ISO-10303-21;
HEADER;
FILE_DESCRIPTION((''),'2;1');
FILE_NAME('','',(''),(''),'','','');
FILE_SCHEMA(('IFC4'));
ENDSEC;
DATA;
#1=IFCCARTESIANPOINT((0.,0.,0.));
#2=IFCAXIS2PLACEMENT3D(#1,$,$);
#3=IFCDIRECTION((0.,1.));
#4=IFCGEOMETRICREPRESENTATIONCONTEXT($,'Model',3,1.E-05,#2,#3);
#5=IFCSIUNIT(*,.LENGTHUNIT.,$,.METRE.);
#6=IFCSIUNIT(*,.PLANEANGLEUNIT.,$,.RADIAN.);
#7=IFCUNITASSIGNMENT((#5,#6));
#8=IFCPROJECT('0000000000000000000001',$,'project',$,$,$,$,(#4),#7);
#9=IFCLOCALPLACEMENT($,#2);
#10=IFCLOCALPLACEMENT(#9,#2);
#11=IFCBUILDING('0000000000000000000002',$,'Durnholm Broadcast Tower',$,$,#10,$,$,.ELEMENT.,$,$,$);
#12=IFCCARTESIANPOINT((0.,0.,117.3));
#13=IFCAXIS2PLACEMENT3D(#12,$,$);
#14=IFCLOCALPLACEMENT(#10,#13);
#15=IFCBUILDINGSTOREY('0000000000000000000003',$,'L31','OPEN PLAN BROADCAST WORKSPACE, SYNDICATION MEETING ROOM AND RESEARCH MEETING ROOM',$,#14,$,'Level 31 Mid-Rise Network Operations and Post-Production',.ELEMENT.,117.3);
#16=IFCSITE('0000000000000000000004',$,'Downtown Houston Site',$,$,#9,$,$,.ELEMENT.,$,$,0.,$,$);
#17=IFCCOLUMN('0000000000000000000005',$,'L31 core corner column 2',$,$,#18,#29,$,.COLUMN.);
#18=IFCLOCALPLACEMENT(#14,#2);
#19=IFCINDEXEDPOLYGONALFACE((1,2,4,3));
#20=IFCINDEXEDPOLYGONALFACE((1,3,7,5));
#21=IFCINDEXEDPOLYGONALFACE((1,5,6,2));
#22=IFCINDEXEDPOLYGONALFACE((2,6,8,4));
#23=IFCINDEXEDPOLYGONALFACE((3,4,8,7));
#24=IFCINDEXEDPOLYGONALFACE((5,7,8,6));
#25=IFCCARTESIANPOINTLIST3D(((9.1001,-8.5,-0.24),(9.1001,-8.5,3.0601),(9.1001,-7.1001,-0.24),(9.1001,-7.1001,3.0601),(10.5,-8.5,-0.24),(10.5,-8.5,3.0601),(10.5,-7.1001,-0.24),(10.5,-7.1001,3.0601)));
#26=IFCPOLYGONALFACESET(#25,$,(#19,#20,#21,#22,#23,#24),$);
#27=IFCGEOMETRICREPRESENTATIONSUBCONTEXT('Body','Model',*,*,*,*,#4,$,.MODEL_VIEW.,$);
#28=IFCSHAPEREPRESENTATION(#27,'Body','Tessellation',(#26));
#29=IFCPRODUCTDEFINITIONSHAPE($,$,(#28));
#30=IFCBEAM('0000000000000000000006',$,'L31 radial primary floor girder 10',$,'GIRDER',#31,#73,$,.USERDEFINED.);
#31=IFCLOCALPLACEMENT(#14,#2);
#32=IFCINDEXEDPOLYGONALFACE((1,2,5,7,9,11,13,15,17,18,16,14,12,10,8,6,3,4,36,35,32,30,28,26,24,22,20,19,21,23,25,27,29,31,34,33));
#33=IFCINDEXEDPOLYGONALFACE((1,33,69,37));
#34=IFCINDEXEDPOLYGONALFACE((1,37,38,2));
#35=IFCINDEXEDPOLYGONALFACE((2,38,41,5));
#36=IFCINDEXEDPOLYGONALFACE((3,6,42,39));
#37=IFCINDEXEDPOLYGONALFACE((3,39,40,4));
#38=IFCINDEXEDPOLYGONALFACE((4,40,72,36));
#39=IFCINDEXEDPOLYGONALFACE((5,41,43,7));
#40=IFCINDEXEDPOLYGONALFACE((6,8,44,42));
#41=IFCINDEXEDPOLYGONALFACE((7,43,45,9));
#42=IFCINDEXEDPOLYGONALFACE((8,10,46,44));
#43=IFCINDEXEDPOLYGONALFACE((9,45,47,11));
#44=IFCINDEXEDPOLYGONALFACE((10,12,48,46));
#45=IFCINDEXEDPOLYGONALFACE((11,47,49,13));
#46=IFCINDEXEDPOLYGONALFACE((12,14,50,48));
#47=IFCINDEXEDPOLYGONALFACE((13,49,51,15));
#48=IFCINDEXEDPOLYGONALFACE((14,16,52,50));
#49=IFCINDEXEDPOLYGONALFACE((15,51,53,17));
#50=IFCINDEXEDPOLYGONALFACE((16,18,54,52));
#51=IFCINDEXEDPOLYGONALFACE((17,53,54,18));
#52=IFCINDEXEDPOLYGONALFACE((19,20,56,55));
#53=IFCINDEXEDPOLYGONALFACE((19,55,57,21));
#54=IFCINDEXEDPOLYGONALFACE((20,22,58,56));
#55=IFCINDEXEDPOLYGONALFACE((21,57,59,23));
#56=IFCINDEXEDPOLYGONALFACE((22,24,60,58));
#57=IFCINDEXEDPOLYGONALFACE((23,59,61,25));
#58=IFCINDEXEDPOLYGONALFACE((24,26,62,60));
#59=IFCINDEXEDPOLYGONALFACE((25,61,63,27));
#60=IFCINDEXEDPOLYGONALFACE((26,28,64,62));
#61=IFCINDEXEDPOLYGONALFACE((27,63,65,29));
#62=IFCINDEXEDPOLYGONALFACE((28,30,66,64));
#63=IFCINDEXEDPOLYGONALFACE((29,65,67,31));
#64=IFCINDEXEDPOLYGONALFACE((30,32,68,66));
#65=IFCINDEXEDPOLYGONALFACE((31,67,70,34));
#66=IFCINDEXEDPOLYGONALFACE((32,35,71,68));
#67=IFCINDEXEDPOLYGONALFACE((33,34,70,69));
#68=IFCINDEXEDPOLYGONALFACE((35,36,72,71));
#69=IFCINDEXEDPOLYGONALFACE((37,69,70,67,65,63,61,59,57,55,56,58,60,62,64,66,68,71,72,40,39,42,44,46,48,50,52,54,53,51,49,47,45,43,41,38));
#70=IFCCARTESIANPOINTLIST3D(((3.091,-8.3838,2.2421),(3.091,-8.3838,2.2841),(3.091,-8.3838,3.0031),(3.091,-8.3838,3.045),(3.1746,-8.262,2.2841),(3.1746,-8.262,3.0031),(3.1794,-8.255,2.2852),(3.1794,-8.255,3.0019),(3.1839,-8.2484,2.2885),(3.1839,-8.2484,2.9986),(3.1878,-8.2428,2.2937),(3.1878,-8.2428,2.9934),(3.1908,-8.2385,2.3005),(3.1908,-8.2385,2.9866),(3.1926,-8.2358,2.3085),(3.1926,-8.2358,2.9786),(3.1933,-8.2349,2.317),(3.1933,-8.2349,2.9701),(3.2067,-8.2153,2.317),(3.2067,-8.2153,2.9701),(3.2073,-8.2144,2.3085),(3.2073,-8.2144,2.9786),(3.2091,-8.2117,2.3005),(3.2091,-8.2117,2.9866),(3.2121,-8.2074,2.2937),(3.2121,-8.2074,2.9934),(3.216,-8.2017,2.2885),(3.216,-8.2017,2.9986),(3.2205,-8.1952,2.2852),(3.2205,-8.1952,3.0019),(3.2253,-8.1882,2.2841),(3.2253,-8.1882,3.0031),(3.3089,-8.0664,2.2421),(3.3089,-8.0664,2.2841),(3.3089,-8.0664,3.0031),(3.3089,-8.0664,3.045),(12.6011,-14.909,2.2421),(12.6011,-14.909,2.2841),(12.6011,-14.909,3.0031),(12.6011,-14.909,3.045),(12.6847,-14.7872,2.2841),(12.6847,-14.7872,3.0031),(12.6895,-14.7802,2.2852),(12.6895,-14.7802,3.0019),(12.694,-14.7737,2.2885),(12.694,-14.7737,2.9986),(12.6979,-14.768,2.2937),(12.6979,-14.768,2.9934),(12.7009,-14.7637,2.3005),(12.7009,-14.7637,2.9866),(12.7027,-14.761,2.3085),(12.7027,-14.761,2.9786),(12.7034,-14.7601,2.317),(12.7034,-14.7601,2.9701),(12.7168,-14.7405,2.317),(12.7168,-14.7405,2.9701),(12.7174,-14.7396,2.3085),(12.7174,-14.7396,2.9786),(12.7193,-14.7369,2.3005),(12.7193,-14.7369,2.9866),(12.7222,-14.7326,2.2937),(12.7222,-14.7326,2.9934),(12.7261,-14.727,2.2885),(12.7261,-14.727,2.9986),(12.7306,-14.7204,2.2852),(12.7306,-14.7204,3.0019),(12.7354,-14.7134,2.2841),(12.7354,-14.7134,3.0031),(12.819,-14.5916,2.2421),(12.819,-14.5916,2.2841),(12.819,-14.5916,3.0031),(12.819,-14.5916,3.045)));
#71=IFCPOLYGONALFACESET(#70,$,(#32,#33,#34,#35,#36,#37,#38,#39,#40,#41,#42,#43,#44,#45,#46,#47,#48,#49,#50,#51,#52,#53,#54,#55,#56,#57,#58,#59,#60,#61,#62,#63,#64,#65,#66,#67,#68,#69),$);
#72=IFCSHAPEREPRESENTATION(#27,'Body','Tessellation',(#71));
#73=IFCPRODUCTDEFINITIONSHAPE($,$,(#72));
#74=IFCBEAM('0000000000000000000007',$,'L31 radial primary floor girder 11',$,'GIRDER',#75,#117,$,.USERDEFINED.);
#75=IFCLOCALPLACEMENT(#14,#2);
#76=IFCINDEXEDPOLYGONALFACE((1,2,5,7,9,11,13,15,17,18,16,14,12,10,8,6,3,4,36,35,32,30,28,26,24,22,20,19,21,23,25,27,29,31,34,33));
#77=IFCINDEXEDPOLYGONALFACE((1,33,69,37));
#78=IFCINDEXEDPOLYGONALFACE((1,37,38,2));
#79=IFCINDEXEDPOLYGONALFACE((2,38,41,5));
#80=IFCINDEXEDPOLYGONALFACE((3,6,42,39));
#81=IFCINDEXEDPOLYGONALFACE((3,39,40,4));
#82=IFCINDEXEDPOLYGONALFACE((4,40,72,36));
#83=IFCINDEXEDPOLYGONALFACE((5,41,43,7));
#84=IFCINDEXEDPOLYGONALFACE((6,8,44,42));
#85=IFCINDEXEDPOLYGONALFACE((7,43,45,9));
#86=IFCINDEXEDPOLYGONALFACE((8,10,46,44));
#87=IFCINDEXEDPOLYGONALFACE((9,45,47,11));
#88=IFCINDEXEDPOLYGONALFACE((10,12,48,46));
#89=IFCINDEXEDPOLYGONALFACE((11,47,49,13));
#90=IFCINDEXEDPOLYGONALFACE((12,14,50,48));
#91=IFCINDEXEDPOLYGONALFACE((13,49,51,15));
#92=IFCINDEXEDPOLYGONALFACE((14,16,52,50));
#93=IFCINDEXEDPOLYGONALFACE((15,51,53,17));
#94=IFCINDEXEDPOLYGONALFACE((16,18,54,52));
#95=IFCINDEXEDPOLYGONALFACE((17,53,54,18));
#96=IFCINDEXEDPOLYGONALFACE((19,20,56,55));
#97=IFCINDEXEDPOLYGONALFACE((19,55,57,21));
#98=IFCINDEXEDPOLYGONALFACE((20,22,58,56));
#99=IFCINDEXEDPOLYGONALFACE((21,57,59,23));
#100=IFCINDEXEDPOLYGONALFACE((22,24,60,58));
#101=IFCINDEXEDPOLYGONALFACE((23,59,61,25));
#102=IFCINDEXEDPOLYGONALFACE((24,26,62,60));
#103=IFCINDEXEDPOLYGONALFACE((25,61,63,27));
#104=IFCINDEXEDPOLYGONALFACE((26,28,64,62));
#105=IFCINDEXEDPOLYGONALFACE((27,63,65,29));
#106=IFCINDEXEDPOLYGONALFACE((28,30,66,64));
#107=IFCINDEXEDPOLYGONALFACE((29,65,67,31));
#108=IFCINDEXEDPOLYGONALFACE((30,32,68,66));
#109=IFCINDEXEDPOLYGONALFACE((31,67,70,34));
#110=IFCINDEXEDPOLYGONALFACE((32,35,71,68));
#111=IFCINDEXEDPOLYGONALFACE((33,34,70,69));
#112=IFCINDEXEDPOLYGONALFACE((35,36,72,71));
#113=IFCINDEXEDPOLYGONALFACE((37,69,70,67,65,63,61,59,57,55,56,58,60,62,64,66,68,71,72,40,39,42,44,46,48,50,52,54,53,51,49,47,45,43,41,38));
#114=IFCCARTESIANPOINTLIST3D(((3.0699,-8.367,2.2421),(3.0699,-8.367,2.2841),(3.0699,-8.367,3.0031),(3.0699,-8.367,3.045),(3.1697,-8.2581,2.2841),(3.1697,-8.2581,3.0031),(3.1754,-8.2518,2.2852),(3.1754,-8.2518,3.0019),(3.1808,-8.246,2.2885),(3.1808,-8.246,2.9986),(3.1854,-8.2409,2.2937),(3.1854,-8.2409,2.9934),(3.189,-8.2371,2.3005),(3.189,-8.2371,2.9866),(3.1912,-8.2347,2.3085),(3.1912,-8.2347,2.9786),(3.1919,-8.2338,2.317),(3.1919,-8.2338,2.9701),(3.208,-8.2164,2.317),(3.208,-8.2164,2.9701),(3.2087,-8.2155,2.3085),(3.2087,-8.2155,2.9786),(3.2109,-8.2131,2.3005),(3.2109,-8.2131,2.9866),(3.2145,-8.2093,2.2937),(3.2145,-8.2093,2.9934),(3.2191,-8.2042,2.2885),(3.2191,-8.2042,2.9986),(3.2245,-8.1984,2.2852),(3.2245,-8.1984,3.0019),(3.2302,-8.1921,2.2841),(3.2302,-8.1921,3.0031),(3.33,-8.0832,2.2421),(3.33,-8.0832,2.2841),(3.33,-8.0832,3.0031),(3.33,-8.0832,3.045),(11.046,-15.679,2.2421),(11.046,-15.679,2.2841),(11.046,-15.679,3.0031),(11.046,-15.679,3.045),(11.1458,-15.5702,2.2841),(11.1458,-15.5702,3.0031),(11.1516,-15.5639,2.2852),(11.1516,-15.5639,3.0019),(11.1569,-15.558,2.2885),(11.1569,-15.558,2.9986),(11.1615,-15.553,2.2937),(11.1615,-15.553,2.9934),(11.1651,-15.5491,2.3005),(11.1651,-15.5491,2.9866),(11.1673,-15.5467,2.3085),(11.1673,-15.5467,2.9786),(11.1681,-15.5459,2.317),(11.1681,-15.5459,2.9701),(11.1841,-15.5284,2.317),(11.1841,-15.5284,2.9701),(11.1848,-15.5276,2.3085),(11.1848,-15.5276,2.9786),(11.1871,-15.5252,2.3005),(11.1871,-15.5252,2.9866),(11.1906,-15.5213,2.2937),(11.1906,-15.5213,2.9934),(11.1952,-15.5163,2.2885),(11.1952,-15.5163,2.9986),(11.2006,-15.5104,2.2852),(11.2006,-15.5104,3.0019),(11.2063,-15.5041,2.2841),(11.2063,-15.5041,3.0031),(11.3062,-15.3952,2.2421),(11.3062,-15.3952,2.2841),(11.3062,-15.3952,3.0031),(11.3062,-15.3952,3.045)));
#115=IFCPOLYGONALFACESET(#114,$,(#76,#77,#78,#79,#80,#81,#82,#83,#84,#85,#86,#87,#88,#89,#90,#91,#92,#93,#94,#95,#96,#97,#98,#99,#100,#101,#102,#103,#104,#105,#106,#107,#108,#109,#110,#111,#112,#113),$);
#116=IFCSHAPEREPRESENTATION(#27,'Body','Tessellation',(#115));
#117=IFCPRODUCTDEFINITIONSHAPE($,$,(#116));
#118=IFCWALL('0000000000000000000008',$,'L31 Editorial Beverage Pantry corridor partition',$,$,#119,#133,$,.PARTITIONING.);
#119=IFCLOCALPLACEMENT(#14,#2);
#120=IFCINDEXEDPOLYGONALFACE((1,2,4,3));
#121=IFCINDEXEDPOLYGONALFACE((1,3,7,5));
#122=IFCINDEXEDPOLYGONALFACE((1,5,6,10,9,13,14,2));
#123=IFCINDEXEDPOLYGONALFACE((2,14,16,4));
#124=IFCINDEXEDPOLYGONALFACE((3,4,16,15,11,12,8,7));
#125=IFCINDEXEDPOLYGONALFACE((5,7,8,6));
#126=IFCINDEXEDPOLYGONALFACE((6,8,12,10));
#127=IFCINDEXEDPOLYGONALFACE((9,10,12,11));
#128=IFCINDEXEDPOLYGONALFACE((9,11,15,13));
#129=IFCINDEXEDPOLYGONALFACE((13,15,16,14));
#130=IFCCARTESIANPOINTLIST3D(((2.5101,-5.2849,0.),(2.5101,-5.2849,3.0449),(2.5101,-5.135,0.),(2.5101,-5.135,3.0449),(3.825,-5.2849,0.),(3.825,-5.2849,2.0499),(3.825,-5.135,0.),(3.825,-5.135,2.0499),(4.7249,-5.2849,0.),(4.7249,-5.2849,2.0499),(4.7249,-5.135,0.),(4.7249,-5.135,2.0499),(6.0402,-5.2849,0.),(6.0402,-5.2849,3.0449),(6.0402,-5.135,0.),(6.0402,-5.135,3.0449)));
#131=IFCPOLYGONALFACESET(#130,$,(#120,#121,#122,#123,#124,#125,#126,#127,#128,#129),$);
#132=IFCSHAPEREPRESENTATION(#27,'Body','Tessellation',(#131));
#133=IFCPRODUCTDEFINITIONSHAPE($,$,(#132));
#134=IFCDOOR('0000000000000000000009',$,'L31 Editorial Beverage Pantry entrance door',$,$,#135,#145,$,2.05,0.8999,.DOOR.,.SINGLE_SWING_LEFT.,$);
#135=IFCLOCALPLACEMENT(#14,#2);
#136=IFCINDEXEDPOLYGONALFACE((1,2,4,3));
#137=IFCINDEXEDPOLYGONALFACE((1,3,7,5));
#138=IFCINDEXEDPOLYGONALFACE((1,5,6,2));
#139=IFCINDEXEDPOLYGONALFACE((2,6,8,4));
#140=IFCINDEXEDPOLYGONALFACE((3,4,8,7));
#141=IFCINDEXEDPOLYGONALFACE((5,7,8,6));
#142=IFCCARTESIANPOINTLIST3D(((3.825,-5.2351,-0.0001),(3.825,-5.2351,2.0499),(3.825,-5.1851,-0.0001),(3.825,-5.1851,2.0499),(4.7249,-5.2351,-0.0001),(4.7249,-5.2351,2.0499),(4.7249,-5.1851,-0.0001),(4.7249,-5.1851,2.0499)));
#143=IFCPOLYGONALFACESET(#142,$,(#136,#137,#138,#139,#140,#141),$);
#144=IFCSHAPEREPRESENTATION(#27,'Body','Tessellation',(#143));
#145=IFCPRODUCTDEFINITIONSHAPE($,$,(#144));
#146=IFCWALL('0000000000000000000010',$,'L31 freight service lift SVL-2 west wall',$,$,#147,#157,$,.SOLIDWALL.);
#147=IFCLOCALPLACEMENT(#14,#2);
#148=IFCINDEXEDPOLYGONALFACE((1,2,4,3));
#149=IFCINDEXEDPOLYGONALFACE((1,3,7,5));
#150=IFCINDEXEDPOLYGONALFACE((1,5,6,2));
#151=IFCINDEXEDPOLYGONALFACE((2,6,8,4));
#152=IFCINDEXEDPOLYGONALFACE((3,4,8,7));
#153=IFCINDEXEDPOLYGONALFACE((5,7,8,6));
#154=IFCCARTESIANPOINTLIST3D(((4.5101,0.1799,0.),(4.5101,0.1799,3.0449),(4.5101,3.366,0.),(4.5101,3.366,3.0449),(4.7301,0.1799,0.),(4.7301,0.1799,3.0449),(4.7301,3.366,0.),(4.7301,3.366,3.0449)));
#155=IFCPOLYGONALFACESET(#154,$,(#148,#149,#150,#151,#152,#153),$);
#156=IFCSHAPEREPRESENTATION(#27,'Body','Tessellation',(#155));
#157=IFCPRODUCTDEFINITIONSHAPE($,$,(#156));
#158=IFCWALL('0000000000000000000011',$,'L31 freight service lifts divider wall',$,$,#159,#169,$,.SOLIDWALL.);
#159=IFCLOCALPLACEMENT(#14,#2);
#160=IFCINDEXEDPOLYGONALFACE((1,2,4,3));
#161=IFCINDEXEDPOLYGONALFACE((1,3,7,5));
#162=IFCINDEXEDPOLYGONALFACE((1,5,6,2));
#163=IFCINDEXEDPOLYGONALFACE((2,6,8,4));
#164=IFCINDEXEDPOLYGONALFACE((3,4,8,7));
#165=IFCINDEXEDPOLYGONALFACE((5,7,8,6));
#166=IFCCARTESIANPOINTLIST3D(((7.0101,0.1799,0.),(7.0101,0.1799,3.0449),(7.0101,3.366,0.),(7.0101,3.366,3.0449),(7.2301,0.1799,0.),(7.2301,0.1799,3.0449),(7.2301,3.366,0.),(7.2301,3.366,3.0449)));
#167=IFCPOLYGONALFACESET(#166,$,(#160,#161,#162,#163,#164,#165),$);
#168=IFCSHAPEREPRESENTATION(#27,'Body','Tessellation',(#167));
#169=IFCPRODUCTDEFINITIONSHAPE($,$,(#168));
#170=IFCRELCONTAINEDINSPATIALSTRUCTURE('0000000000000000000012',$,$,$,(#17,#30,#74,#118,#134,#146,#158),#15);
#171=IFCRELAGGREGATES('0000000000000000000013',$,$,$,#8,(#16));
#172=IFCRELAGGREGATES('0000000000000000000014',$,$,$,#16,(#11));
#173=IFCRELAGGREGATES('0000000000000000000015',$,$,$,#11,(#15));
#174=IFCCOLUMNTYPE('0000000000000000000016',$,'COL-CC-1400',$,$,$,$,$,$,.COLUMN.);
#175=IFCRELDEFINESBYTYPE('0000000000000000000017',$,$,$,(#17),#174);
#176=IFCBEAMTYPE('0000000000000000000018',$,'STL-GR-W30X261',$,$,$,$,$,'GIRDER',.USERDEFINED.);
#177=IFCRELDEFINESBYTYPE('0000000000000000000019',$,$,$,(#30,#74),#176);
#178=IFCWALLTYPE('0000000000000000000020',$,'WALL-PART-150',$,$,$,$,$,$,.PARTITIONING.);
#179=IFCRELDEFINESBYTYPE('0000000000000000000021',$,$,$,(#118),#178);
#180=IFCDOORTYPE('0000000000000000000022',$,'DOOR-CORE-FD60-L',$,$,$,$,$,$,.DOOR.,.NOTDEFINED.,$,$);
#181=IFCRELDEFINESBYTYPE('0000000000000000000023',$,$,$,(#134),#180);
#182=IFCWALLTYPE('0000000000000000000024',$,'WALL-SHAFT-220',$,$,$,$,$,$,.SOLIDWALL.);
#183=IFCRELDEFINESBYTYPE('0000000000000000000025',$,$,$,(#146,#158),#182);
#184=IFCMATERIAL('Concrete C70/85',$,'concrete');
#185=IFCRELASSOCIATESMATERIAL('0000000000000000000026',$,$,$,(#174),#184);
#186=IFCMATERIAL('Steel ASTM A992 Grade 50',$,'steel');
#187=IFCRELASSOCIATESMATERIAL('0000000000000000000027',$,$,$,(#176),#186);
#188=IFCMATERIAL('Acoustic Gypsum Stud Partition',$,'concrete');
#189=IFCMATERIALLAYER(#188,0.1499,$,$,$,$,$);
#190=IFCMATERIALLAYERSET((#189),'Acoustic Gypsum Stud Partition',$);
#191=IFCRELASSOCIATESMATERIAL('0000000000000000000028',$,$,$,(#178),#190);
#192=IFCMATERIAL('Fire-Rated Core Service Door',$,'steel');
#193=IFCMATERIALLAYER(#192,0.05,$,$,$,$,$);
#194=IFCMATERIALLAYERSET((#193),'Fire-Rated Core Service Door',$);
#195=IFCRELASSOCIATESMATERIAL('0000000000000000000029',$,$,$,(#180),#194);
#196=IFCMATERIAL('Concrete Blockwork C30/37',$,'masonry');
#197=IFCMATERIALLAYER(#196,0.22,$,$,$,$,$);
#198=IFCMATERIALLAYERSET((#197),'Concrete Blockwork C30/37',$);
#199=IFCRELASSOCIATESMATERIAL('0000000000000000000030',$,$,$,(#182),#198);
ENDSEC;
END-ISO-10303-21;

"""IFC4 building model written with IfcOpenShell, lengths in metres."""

from ifc_helpers import new_model, si_unit, direction, frame, frame_2d, origin, origin_2d, place, context, subcontext, project, spatial, rectangle, i_section, extrude, source, transform, mapped, material, layer, layer_set, material_profile, profile_set, type_object, type_shapes, element, fill, save


model = new_model("IFC4")

# Units and contexts
model_context = context("Model", 3, precision=1e-05, world=origin(), true_north=direction((0.0, 1.0)))
body_context = subcontext(model_context, "Body", "Model", "MODEL_VIEW")
ifc_project = project(units=[si_unit("LENGTHUNIT", "METRE"), si_unit("PLANEANGLEUNIT", "RADIAN")], contexts=[model_context])

# Site, building, storey
site_placement = place(None, origin())
site = spatial("IfcSite", under=ifc_project, at=site_placement, Name="Downtown Houston Site", CompositionType="ELEMENT", RefElevation=0.0)
building_placement = place(site_placement, origin())
building = spatial("IfcBuilding", under=site, at=building_placement, Name="Durnholm Broadcast Tower", CompositionType="ELEMENT")
storey_placement = place(building_placement, frame((0.0, 0.0, 117.3)))
storey = spatial("IfcBuildingStorey", under=building, at=storey_placement, Name="L31", Description="OPEN PLAN BROADCAST WORKSPACE, SYNDICATION MEETING ROOM AND RESEARCH MEETING ROOM", LongName="Level 31 Mid-Rise Network Operations and Post-Production", CompositionType="ELEMENT", Elevation=117.3)

# Column
ifc_material_1 = material(Name="Concrete C70/85", Category="concrete")
ifc_material_profile_1 = material_profile(ifc_material_1, rectangle(XDim=1.3999, YDim=1.3999, at=origin_2d()), Name="RC1400X1400")
ifc_profile_set_1 = profile_set([ifc_material_profile_1], Name="Concrete C70/85")
column_type = type_object("IfcColumnType", Name="COL-CC-1400", PredefinedType="COLUMN", material=ifc_profile_set_1)
shared_shape_1 = source(origin(), body_context, "Body", "SweptSolid", [
    extrude(rectangle(XDim=1.3999, YDim=1.3999, at=origin_2d()), origin(), (0.0, 0.0, 1.0), 3.3),
])
type_shapes(column_type, [shared_shape_1])
column_placement = place(storey_placement, frame((9.8, -7.8, -0.24), z_axis=(0.0, 0.0, 1.0), x_axis=(1.0, 0.0, 0.0)))
element("IfcColumn", 1, at=column_placement, inside=storey, type_object=column_type, Name="L31 core corner column 2", PredefinedType="COLUMN", context=body_context, shape_type="MappedRepresentation", body=[
    mapped(shared_shape_1, transform((0.0, 0.0, 0.0), x_axis=(1.0, 0.0, 0.0), y_axis=(0.0, 1.0, 0.0), z_axis=(0.0, 0.0, 1.0), scale=1.0)),
])

# Beams
ifc_material_2 = material(Name="Steel ASTM A992 Grade 50", Category="steel")
ifc_material_profile_2 = material_profile(ifc_material_2, i_section(OverallWidth=0.385, OverallDepth=0.803, WebThickness=0.0237, FlangeThickness=0.042, FilletRadius=0.033, at=origin_2d()), Name="W30X261")
ifc_profile_set_2 = profile_set([ifc_material_profile_2], Name="Steel ASTM A992 Grade 50")
beam_type = type_object("IfcBeamType", Name="STL-GR-W30X261", ElementType="GIRDER", PredefinedType="USERDEFINED", material=ifc_profile_set_2)
shared_shape_2 = source(origin(), body_context, "Body", "SweptSolid", [
    extrude(i_section(OverallWidth=0.385, OverallDepth=0.803, WebThickness=0.0237, FlangeThickness=0.042, FilletRadius=0.033, at=origin_2d()), origin(), (0.0, 0.0, 1.0), 11.5334),
])
beam_1_placement = place(storey_placement, frame((3.2, -8.2251, 2.6436), z_axis=(0.824567, -0.565764, 0.0), x_axis=(0.565764, 0.824567, 0.0)))
element("IfcBeam", 2, at=beam_1_placement, inside=storey, type_object=beam_type, Name="L31 radial primary floor girder 10", ObjectType="GIRDER", PredefinedType="USERDEFINED", context=body_context, shape_type="MappedRepresentation", body=[
    mapped(shared_shape_2, transform((0.0, 0.0, 0.0), x_axis=(1.0, 0.0, 0.0), y_axis=(0.0, 1.0, 0.0), z_axis=(0.0, 0.0, 1.0), scale=1.0)),
])
shared_shape_3 = source(origin(), body_context, "Body", "SweptSolid", [
    extrude(i_section(OverallWidth=0.385, OverallDepth=0.803, WebThickness=0.0237, FlangeThickness=0.042, FilletRadius=0.033, at=origin_2d()), origin(), (0.0, 0.0, 1.0), 10.8206),
])
type_shapes(beam_type, [shared_shape_2, shared_shape_3])
beam_2_placement = place(storey_placement, frame((3.2, -8.2251, 2.6436), z_axis=(0.737126, -0.675755, 0.0), x_axis=(0.675755, 0.737126, 0.0)))
element("IfcBeam", 3, at=beam_2_placement, inside=storey, type_object=beam_type, Name="L31 radial primary floor girder 11", ObjectType="GIRDER", PredefinedType="USERDEFINED", context=body_context, shape_type="MappedRepresentation", body=[
    mapped(shared_shape_3, transform((0.0, 0.0, 0.0), x_axis=(1.0, 0.0, 0.0), y_axis=(0.0, 1.0, 0.0), z_axis=(0.0, 0.0, 1.0), scale=1.0)),
])

# Wall, opening, door
ifc_material_3 = material(Name="Acoustic Gypsum Stud Partition", Category="concrete")
ifc_layer_1 = layer(ifc_material_3, 0.1499)
ifc_layer_set_1 = layer_set([ifc_layer_1], Name="Acoustic Gypsum Stud Partition")
wall_type_1 = type_object("IfcWallType", Name="WALL-PART-150", PredefinedType="PARTITIONING", material=ifc_layer_set_1)
wall_1_placement = place(storey_placement, frame((2.51, -5.21, 0.0), z_axis=(0.0, 0.0, 1.0), x_axis=(1.0, 0.0, 0.0)))
wall_1 = element("IfcWall", 4, at=wall_1_placement, inside=storey, type_object=wall_type_1, Name="L31 Editorial Beverage Pantry corridor partition", PredefinedType="PARTITIONING", context=body_context, shape_type="SweptSolid", body=[
    extrude(rectangle(XDim=3.53, YDim=0.1499, at=frame_2d((1.7651, 0.0))), origin(), (0.0, 0.0, 1.0), 3.0449),
])
opening_1_placement = place(wall_1_placement, frame((1.3149, 0.0, 0.0)))
opening_1 = element("IfcOpeningElement", 5, at=opening_1_placement, cuts=wall_1, PredefinedType="OPENING", context=body_context, shape_type="SweptSolid", body=[
    extrude(rectangle(XDim=0.8999, YDim=2.05, at=frame_2d((0.45, 1.0249))), frame((0.0, 0.085, 0.0), z_axis=(0.0, -1.0, 0.0), x_axis=(1.0, 0.0, 0.0)), (0.0, 0.0, 1.0), 0.1699),
])
ifc_material_4 = material(Name="Fire-Rated Core Service Door", Category="steel")
ifc_layer_2 = layer(ifc_material_4, 0.05)
ifc_layer_set_2 = layer_set([ifc_layer_2], Name="Fire-Rated Core Service Door")
door_type_1 = type_object("IfcDoorType", Name="DOOR-CORE-FD60-L", OperationType="NOTDEFINED", PredefinedType="DOOR", material=ifc_layer_set_2)
shared_shape_4 = source(origin(), body_context, "Body", "SweptSolid", [
    extrude(rectangle(XDim=0.8999, YDim=2.05, at=frame_2d((0.45, 1.0249))), frame((0.0, 0.0249, 0.0), z_axis=(0.0, -1.0, 0.0), x_axis=(1.0, 0.0, 0.0)), (0.0, 0.0, 1.0), 0.05),
])
type_shapes(door_type_1, [shared_shape_4])
door_1_placement = place(opening_1_placement, origin())
door_1 = element("IfcDoor", 6, at=door_1_placement, inside=storey, type_object=door_type_1, Name="L31 Editorial Beverage Pantry entrance door", OperationType="SINGLE_SWING_LEFT", OverallHeight=2.05, OverallWidth=0.8999, PredefinedType="DOOR", context=body_context, shape_type="MappedRepresentation", body=[
    mapped(shared_shape_4, transform((0.0, 0.0, 0.0), x_axis=(1.0, 0.0, 0.0), y_axis=(0.0, 1.0, 0.0), z_axis=(0.0, 0.0, 1.0), scale=1.0)),
])
fill(opening_1, door_1)

# Walls
ifc_material_5 = material(Name="Concrete Blockwork C30/37", Category="masonry")
ifc_layer_3 = layer(ifc_material_5, 0.22)
ifc_layer_set_3 = layer_set([ifc_layer_3], Name="Concrete Blockwork C30/37")
wall_type_2 = type_object("IfcWallType", Name="WALL-SHAFT-220", PredefinedType="SOLIDWALL", material=ifc_layer_set_3)
for number, where, z_axis, x_axis, name in (
    (7, (4.6201, 0.1799, 0.0), (0.0, 0.0, 1.0), (0.0, 1.0, 0.0), "L31 freight service lift SVL-2 west wall"),
    (8, (7.1201, 0.1799, 0.0), (0.0, 0.0, 1.0), (0.0, 1.0, 0.0), "L31 freight service lifts divider wall"),
):
    element("IfcWall", number, at=place(storey_placement, frame(where, z_axis=z_axis, x_axis=x_axis)), inside=storey, type_object=wall_type_2, Name=name, PredefinedType="SOLIDWALL", context=body_context, shape_type="SweptSolid", body=[
        extrude(rectangle(XDim=3.186, YDim=0.22, at=frame_2d((1.593, 0.0))), origin(), (0.0, 0.0, 1.0), 3.0449),
    ])

save(model, "model.ifc")
